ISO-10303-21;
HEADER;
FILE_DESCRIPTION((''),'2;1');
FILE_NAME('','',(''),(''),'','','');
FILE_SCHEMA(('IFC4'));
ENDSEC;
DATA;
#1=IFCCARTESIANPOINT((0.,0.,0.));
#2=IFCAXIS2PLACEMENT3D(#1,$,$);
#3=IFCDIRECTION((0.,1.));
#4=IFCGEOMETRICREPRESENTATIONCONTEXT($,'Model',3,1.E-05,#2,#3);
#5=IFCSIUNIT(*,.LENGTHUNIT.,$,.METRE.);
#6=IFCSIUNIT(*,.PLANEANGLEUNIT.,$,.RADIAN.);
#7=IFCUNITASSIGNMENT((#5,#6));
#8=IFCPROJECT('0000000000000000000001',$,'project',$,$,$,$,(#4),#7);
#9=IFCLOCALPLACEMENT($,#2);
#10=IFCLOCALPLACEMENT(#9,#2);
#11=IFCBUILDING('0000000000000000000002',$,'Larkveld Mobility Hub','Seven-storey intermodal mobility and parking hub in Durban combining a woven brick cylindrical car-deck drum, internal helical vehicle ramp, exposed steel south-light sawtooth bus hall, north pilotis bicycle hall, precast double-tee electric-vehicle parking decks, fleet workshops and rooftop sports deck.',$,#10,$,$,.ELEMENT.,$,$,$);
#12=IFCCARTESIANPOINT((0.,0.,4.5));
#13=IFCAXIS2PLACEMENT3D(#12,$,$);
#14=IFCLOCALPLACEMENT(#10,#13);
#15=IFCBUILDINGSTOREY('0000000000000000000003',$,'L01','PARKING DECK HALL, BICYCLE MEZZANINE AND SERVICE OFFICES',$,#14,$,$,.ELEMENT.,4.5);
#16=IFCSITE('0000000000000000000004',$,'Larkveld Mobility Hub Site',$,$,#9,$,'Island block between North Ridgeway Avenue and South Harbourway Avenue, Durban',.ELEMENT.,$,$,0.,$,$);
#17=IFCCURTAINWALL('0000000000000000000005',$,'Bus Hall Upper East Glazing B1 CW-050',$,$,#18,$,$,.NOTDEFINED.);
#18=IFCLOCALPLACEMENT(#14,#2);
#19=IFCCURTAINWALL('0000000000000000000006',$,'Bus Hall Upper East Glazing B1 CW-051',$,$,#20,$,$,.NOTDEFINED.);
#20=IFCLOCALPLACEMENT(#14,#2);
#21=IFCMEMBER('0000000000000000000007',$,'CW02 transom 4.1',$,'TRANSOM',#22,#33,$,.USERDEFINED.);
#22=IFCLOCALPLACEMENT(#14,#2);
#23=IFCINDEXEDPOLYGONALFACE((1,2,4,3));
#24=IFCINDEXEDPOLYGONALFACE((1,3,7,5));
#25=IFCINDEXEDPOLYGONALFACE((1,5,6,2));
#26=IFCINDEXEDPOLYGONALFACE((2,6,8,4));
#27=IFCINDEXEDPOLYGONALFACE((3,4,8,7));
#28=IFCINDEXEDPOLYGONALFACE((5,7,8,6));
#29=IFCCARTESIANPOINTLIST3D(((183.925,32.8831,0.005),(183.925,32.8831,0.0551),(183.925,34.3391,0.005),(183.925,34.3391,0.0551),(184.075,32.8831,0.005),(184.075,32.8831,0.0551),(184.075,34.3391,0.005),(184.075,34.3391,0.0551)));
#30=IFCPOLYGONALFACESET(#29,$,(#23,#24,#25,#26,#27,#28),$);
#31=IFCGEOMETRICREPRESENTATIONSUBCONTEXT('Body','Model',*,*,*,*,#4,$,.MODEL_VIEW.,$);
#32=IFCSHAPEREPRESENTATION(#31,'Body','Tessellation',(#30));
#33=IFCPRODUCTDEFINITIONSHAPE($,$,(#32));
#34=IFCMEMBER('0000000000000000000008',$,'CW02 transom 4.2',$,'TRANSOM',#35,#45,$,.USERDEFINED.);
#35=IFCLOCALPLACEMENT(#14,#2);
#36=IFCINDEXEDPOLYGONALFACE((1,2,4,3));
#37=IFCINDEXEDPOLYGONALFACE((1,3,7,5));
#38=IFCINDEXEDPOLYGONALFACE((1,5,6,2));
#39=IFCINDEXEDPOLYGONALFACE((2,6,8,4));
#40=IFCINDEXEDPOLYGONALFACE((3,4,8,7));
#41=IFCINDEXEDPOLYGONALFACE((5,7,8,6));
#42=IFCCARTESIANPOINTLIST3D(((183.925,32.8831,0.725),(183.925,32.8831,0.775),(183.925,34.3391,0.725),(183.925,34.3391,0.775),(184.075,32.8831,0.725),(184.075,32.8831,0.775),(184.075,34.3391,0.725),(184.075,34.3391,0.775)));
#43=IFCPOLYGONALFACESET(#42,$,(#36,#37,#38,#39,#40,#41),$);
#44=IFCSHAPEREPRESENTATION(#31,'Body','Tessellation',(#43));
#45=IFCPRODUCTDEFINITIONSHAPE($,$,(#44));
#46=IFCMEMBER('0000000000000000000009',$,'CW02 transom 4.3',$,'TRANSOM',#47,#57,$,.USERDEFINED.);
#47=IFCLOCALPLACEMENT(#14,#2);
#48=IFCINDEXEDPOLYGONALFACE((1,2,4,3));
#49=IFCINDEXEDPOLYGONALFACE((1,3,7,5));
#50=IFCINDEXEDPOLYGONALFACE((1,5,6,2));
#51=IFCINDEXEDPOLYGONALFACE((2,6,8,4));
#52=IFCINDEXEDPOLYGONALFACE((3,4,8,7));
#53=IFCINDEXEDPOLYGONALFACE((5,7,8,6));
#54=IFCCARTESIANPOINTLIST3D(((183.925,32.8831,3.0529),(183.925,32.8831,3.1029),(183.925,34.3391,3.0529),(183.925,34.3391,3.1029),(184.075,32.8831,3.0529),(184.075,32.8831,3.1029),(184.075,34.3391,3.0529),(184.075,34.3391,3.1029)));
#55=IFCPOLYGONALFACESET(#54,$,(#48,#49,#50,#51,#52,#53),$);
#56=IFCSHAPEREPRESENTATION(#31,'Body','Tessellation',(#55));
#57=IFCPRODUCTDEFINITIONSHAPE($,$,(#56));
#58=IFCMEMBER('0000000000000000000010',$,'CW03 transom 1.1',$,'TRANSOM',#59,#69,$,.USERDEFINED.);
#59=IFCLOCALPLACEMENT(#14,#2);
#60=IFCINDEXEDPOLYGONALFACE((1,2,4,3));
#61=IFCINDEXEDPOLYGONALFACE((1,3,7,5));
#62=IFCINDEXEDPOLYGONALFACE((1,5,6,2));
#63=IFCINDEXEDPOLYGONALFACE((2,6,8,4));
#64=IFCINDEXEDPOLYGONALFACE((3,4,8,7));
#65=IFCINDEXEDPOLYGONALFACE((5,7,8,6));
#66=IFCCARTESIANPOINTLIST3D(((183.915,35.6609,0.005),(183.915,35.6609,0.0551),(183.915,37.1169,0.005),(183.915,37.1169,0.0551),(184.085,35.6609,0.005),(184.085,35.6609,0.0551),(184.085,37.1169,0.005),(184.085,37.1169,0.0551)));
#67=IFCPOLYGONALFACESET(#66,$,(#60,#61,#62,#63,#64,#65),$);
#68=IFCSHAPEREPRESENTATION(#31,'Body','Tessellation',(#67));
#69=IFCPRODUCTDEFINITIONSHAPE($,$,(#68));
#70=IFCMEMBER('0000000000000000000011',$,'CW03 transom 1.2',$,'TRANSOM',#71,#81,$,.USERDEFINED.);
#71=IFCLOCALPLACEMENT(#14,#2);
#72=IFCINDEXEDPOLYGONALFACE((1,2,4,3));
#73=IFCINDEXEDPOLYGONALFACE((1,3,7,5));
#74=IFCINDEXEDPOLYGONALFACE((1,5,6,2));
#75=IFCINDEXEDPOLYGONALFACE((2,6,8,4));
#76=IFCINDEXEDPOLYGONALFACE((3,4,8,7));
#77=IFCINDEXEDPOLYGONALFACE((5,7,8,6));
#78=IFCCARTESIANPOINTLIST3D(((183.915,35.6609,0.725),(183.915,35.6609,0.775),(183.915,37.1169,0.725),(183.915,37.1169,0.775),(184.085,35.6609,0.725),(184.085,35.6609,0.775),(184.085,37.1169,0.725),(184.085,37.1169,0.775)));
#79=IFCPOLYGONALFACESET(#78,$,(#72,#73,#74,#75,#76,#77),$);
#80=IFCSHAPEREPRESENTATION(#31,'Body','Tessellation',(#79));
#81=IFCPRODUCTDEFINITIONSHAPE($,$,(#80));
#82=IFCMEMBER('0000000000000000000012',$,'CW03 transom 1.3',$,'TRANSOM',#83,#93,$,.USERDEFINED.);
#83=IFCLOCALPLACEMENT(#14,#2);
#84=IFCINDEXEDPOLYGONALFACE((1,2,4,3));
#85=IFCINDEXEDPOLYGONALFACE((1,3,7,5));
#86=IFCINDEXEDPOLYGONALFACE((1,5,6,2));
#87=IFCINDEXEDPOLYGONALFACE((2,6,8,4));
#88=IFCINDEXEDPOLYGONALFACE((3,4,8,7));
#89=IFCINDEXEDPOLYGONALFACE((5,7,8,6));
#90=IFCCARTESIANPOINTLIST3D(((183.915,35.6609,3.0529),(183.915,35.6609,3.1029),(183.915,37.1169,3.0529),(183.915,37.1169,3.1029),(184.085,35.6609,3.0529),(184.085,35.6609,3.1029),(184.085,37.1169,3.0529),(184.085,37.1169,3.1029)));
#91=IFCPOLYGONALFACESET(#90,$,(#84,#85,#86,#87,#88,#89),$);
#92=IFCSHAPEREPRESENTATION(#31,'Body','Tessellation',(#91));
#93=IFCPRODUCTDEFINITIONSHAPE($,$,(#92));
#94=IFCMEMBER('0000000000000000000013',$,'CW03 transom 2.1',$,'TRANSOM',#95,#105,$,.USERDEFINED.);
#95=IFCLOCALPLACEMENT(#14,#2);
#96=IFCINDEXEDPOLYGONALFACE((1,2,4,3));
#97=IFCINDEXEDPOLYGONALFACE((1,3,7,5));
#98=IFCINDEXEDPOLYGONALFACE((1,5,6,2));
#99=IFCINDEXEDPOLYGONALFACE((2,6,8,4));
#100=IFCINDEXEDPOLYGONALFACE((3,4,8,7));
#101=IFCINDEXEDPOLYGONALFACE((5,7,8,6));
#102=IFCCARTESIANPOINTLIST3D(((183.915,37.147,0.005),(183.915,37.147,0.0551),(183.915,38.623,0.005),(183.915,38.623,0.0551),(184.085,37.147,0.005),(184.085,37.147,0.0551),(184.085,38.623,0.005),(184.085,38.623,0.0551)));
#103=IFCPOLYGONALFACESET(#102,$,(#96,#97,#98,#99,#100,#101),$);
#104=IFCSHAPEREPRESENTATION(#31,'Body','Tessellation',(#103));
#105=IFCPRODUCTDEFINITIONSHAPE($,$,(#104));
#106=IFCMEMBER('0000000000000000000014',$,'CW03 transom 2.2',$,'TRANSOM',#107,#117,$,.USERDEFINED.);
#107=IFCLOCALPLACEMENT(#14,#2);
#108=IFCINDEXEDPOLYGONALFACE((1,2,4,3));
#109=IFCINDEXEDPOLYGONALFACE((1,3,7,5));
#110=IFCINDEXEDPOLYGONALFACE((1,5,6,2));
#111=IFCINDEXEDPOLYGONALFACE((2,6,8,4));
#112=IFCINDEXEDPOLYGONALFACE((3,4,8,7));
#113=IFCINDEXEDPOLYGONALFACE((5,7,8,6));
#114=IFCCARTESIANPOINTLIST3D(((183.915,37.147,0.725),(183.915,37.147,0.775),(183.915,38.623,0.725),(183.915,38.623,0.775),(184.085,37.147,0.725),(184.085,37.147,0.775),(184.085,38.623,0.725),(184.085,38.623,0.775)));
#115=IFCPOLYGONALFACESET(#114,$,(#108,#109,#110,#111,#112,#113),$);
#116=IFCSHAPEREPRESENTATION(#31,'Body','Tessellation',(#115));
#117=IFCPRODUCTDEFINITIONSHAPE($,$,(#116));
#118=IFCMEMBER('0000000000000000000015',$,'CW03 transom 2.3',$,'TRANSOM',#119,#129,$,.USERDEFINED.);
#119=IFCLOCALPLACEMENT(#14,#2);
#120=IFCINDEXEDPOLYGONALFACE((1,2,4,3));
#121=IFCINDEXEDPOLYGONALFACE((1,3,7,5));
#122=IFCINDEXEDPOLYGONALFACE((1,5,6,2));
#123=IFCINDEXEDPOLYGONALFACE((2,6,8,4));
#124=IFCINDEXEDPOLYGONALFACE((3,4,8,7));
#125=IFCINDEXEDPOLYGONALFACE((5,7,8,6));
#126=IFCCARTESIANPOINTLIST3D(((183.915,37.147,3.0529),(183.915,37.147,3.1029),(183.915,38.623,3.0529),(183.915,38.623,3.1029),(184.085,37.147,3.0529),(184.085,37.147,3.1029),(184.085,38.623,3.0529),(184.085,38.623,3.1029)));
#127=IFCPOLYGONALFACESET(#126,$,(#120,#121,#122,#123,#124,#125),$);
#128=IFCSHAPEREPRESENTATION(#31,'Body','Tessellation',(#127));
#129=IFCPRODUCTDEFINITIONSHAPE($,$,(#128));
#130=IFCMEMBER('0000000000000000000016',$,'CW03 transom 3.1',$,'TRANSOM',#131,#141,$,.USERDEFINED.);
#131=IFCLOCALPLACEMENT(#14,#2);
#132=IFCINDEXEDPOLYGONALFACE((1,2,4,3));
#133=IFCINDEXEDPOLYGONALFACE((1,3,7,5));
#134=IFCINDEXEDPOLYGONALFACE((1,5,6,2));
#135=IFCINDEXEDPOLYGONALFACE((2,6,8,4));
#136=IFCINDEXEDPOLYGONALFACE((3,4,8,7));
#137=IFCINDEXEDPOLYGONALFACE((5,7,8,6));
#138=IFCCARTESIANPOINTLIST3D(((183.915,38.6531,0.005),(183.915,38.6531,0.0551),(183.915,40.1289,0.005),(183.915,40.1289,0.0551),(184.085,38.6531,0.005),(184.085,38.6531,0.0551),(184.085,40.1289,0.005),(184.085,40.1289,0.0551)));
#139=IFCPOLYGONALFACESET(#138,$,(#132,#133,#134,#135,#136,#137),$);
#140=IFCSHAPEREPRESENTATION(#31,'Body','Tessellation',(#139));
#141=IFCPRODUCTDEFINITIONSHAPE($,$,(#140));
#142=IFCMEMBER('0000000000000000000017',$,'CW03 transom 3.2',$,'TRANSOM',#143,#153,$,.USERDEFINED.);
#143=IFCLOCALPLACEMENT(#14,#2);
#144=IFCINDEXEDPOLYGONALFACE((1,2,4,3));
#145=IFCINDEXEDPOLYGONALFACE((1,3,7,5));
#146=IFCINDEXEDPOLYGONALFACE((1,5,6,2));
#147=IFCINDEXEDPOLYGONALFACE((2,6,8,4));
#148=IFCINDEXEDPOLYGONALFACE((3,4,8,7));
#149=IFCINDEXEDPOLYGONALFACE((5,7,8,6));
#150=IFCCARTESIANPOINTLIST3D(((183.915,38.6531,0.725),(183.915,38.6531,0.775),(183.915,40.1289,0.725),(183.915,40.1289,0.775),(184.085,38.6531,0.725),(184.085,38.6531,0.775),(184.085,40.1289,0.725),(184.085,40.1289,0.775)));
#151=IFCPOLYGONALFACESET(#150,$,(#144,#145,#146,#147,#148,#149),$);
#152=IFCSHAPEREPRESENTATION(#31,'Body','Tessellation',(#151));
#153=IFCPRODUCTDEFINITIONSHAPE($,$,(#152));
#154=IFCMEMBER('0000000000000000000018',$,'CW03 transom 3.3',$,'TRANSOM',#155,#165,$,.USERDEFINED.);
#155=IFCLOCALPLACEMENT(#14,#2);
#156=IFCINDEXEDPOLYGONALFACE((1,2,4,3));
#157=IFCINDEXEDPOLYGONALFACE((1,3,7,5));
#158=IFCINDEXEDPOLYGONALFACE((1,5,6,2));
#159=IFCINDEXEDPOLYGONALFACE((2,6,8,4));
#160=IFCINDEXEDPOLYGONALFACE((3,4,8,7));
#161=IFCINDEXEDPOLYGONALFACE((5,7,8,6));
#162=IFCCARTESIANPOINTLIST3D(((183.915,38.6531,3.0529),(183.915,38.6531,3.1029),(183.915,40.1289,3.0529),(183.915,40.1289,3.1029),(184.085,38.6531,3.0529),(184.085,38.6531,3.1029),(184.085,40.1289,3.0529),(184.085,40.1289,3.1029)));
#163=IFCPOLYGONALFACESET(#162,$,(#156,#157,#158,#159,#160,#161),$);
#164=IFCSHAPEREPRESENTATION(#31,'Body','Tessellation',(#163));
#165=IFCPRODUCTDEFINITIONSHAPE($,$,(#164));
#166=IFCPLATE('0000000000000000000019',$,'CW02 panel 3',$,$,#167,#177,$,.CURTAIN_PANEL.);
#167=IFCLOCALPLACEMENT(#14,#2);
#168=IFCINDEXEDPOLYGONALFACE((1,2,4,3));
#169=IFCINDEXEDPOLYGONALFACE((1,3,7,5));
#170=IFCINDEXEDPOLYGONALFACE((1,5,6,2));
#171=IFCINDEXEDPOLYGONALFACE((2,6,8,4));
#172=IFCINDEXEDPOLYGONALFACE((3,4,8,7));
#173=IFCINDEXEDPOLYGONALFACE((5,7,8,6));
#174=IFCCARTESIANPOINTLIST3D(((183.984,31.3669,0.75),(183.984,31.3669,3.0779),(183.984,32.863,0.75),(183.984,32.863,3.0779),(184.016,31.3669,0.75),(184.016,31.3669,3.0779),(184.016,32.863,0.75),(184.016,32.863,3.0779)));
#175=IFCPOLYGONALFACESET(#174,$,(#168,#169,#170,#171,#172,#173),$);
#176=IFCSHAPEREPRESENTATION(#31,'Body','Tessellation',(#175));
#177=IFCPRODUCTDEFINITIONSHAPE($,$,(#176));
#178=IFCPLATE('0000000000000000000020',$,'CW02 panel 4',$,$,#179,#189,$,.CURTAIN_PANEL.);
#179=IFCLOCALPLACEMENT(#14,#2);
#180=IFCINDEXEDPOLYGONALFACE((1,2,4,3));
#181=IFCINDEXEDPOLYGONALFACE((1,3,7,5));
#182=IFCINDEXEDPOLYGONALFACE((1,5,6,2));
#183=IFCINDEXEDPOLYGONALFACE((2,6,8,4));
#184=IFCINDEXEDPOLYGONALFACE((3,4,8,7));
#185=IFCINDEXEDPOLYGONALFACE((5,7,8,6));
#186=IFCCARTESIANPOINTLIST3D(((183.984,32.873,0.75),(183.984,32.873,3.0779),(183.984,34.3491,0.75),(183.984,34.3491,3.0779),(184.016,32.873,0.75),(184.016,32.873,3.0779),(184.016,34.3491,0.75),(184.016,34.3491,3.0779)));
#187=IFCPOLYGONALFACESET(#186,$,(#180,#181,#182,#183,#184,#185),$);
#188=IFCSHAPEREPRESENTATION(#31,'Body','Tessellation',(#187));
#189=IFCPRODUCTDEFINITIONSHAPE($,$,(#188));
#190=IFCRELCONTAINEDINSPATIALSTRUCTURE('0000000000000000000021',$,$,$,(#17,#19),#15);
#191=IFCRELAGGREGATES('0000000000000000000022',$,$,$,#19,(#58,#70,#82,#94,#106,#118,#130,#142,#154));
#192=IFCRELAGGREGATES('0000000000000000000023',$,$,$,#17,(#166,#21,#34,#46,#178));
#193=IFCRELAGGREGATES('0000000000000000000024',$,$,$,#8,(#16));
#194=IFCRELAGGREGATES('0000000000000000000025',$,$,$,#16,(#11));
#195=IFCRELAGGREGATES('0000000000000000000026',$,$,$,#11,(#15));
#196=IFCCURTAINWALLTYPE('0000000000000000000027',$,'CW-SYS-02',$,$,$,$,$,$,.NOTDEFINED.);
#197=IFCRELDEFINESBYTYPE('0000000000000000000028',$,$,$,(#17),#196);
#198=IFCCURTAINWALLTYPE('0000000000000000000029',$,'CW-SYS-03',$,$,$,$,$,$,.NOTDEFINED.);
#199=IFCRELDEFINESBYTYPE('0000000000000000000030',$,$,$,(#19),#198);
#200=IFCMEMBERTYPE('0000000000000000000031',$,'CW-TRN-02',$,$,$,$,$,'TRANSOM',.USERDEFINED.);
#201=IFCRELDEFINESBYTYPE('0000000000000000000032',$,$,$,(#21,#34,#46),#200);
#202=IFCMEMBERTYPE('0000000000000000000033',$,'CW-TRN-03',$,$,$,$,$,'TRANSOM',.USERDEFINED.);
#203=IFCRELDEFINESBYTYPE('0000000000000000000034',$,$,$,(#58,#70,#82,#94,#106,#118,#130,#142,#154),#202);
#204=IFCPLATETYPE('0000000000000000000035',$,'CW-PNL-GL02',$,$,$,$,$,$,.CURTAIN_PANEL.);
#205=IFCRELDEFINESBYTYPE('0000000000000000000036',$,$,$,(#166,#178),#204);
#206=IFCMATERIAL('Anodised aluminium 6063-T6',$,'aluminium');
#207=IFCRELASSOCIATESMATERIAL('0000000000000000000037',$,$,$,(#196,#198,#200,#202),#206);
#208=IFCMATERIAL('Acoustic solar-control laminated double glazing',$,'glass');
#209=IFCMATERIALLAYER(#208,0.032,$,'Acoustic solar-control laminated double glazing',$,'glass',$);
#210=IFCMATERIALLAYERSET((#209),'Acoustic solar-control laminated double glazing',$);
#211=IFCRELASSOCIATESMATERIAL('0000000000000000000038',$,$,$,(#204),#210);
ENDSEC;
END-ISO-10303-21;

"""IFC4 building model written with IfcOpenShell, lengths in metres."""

from ifc_helpers import new_model, si_unit, direction, frame, origin, origin_2d, place, context, subcontext, project, spatial, rectangle, extrude, material, layer, layer_set, material_profile, profile_set, type_object, element, aggregate, save


model = new_model("IFC4")

# Units and contexts
model_context = context("Model", 3, precision=1e-05, world=origin(), true_north=direction((0.0, 1.0)))
body_context = subcontext(model_context, "Body", "Model", "MODEL_VIEW")
ifc_project = project(units=[si_unit("LENGTHUNIT", "METRE"), si_unit("PLANEANGLEUNIT", "RADIAN")], contexts=[model_context])

# Site, building, storey
site_placement = place(None, origin())
site = spatial("IfcSite", under=ifc_project, at=site_placement, Name="Larkveld Mobility Hub Site", LongName="Island block between North Ridgeway Avenue and South Harbourway Avenue, Durban", CompositionType="ELEMENT", RefElevation=0.0)
building_placement = place(site_placement, origin())
building = spatial("IfcBuilding", under=site, at=building_placement, Name="Larkveld Mobility Hub", Description="Seven-storey intermodal mobility and parking hub in Durban combining a woven brick cylindrical car-deck drum, internal helical vehicle ramp, exposed steel south-light sawtooth bus hall, north pilotis bicycle hall, precast double-tee electric-vehicle parking decks, fleet workshops and rooftop sports deck.", CompositionType="ELEMENT")
storey_placement = place(building_placement, frame((0.0, 0.0, 4.5)))
storey = spatial("IfcBuildingStorey", under=building, at=storey_placement, Name="L01", Description="PARKING DECK HALL, BICYCLE MEZZANINE AND SERVICE OFFICES", CompositionType="ELEMENT", Elevation=4.5)

# Curtain walls
ifc_material_1 = material(Name="Anodised aluminium 6063-T6", Category="aluminium")
curtain_wall_type_1 = type_object("IfcCurtainWallType", Name="CW-SYS-02", PredefinedType="NOTDEFINED", material=ifc_material_1)
curtain_wall_1_placement = place(storey_placement, origin())
curtain_wall_1 = element("IfcCurtainWall", 1, at=curtain_wall_1_placement, inside=storey, type_object=curtain_wall_type_1, Name="Bus Hall Upper East Glazing B1 CW-050", PredefinedType="NOTDEFINED")
curtain_wall_type_2 = type_object("IfcCurtainWallType", Name="CW-SYS-03", PredefinedType="NOTDEFINED", material=ifc_material_1)
curtain_wall_2_placement = place(storey_placement, origin())
curtain_wall_2 = element("IfcCurtainWall", 2, at=curtain_wall_2_placement, inside=storey, type_object=curtain_wall_type_2, Name="Bus Hall Upper East Glazing B1 CW-051", PredefinedType="NOTDEFINED")

# Members
ifc_material_profile_1 = material_profile(ifc_material_1, rectangle(XDim=0.1499, YDim=0.05, at=origin_2d()), Name="ALU TRAN 50x150")
ifc_profile_set_1 = profile_set([ifc_material_profile_1], Name="Anodised aluminium 6063-T6")
member_type_1 = type_object("IfcMemberType", Name="CW-TRN-02", ElementType="TRANSOM", PredefinedType="USERDEFINED", material=ifc_profile_set_1)
member_1_placement = place(storey_placement, frame((184.0, 32.8831, 0.03), z_axis=(0.0, 1.0, 0.0), x_axis=(-1.0, 0.0, 0.0)))
member_1 = element("IfcMember", 3, at=member_1_placement, type_object=member_type_1, Name="CW02 transom 4.1", ObjectType="TRANSOM", PredefinedType="USERDEFINED", context=body_context, shape_type="SweptSolid", body=[
    extrude(rectangle(XDim=0.1499, YDim=0.05, at=origin_2d()), origin(), (0.0, 0.0, 1.0), 1.4561),
])
member_2_placement = place(storey_placement, frame((184.0, 32.8831, 0.75), z_axis=(0.0, 1.0, 0.0), x_axis=(-1.0, 0.0, 0.0)))
member_2 = element("IfcMember", 4, at=member_2_placement, type_object=member_type_1, Name="CW02 transom 4.2", ObjectType="TRANSOM", PredefinedType="USERDEFINED", context=body_context, shape_type="SweptSolid", body=[
    extrude(rectangle(XDim=0.1499, YDim=0.05, at=origin_2d()), origin(), (0.0, 0.0, 1.0), 1.4561),
])
member_3_placement = place(storey_placement, frame((184.0, 32.8831, 3.0779), z_axis=(0.0, 1.0, 0.0), x_axis=(-1.0, 0.0, 0.0)))
member_3 = element("IfcMember", 5, at=member_3_placement, type_object=member_type_1, Name="CW02 transom 4.3", ObjectType="TRANSOM", PredefinedType="USERDEFINED", context=body_context, shape_type="SweptSolid", body=[
    extrude(rectangle(XDim=0.1499, YDim=0.05, at=origin_2d()), origin(), (0.0, 0.0, 1.0), 1.4561),
])
ifc_material_profile_2 = material_profile(ifc_material_1, rectangle(XDim=0.1699, YDim=0.05, at=origin_2d()), Name="ALU TRAN 50x170")
ifc_profile_set_2 = profile_set([ifc_material_profile_2], Name="Anodised aluminium 6063-T6")
member_type_2 = type_object("IfcMemberType", Name="CW-TRN-03", ElementType="TRANSOM", PredefinedType="USERDEFINED", material=ifc_profile_set_2)
member_4_placement = place(storey_placement, frame((184.0, 35.6609, 0.03), z_axis=(0.0, 1.0, 0.0), x_axis=(-1.0, 0.0, 0.0)))
member_4 = element("IfcMember", 6, at=member_4_placement, type_object=member_type_2, Name="CW03 transom 1.1", ObjectType="TRANSOM", PredefinedType="USERDEFINED", context=body_context, shape_type="SweptSolid", body=[
    extrude(rectangle(XDim=0.1699, YDim=0.05, at=origin_2d()), origin(), (0.0, 0.0, 1.0), 1.4561),
])
member_5_placement = place(storey_placement, frame((184.0, 35.6609, 0.75), z_axis=(0.0, 1.0, 0.0), x_axis=(-1.0, 0.0, 0.0)))
member_5 = element("IfcMember", 7, at=member_5_placement, type_object=member_type_2, Name="CW03 transom 1.2", ObjectType="TRANSOM", PredefinedType="USERDEFINED", context=body_context, shape_type="SweptSolid", body=[
    extrude(rectangle(XDim=0.1699, YDim=0.05, at=origin_2d()), origin(), (0.0, 0.0, 1.0), 1.4561),
])
member_6_placement = place(storey_placement, frame((184.0, 35.6609, 3.0779), z_axis=(0.0, 1.0, 0.0), x_axis=(-1.0, 0.0, 0.0)))
member_6 = element("IfcMember", 8, at=member_6_placement, type_object=member_type_2, Name="CW03 transom 1.3", ObjectType="TRANSOM", PredefinedType="USERDEFINED", context=body_context, shape_type="SweptSolid", body=[
    extrude(rectangle(XDim=0.1699, YDim=0.05, at=origin_2d()), origin(), (0.0, 0.0, 1.0), 1.4561),
])
member_7_placement = place(storey_placement, frame((184.0, 37.147, 0.03), z_axis=(0.0, 1.0, 0.0), x_axis=(-1.0, 0.0, 0.0)))
member_7 = element("IfcMember", 9, at=member_7_placement, type_object=member_type_2, Name="CW03 transom 2.1", ObjectType="TRANSOM", PredefinedType="USERDEFINED", context=body_context, shape_type="SweptSolid", body=[
    extrude(rectangle(XDim=0.1699, YDim=0.05, at=origin_2d()), origin(), (0.0, 0.0, 1.0), 1.4761),
])
member_8_placement = place(storey_placement, frame((184.0, 37.147, 0.75), z_axis=(0.0, 1.0, 0.0), x_axis=(-1.0, 0.0, 0.0)))
member_8 = element("IfcMember", 10, at=member_8_placement, type_object=member_type_2, Name="CW03 transom 2.2", ObjectType="TRANSOM", PredefinedType="USERDEFINED", context=body_context, shape_type="SweptSolid", body=[
    extrude(rectangle(XDim=0.1699, YDim=0.05, at=origin_2d()), origin(), (0.0, 0.0, 1.0), 1.4761),
])
member_9_placement = place(storey_placement, frame((184.0, 37.147, 3.0779), z_axis=(0.0, 1.0, 0.0), x_axis=(-1.0, 0.0, 0.0)))
member_9 = element("IfcMember", 11, at=member_9_placement, type_object=member_type_2, Name="CW03 transom 2.3", ObjectType="TRANSOM", PredefinedType="USERDEFINED", context=body_context, shape_type="SweptSolid", body=[
    extrude(rectangle(XDim=0.1699, YDim=0.05, at=origin_2d()), origin(), (0.0, 0.0, 1.0), 1.4761),
])
member_10_placement = place(storey_placement, frame((184.0, 38.6531, 0.03), z_axis=(0.0, 1.0, 0.0), x_axis=(-1.0, 0.0, 0.0)))
member_10 = element("IfcMember", 12, at=member_10_placement, type_object=member_type_2, Name="CW03 transom 3.1", ObjectType="TRANSOM", PredefinedType="USERDEFINED", context=body_context, shape_type="SweptSolid", body=[
    extrude(rectangle(XDim=0.1699, YDim=0.05, at=origin_2d()), origin(), (0.0, 0.0, 1.0), 1.4758),
])
member_11_placement = place(storey_placement, frame((184.0, 38.6531, 0.75), z_axis=(0.0, 1.0, 0.0), x_axis=(-1.0, 0.0, 0.0)))
member_11 = element("IfcMember", 13, at=member_11_placement, type_object=member_type_2, Name="CW03 transom 3.2", ObjectType="TRANSOM", PredefinedType="USERDEFINED", context=body_context, shape_type="SweptSolid", body=[
    extrude(rectangle(XDim=0.1699, YDim=0.05, at=origin_2d()), origin(), (0.0, 0.0, 1.0), 1.4758),
])
member_12_placement = place(storey_placement, frame((184.0, 38.6531, 3.0779), z_axis=(0.0, 1.0, 0.0), x_axis=(-1.0, 0.0, 0.0)))
member_12 = element("IfcMember", 14, at=member_12_placement, type_object=member_type_2, Name="CW03 transom 3.3", ObjectType="TRANSOM", PredefinedType="USERDEFINED", context=body_context, shape_type="SweptSolid", body=[
    extrude(rectangle(XDim=0.1699, YDim=0.05, at=origin_2d()), origin(), (0.0, 0.0, 1.0), 1.4758),
])

# Plates
ifc_material_2 = material(Name="Acoustic solar-control laminated double glazing", Category="glass")
ifc_layer_1 = layer(ifc_material_2, 0.032, Name="Acoustic solar-control laminated double glazing", Category="glass")
ifc_layer_set_1 = layer_set([ifc_layer_1], Name="Acoustic solar-control laminated double glazing")
plate_type_1 = type_object("IfcPlateType", Name="CW-PNL-GL02", PredefinedType="CURTAIN_PANEL", material=ifc_layer_set_1)
plate_1_placement = place(storey_placement, frame((184.0, 32.115, 0.75), z_axis=(0.0, 0.0, 1.0), x_axis=(0.0, 1.0, 0.0)))
plate_1 = element("IfcPlate", 15, at=plate_1_placement, type_object=plate_type_1, Name="CW02 panel 3", PredefinedType="CURTAIN_PANEL", context=body_context, shape_type="SweptSolid", body=[
    extrude(rectangle(XDim=1.4961, YDim=0.032, at=origin_2d()), origin(), (0.0, 0.0, 1.0), 2.3279),
])
plate_2_placement = place(storey_placement, frame((184.0, 33.6111, 0.75), z_axis=(0.0, 0.0, 1.0), x_axis=(0.0, 1.0, 0.0)))
plate_2 = element("IfcPlate", 16, at=plate_2_placement, type_object=plate_type_1, Name="CW02 panel 4", PredefinedType="CURTAIN_PANEL", context=body_context, shape_type="SweptSolid", body=[
    extrude(rectangle(XDim=1.4761, YDim=0.032, at=origin_2d()), origin(), (0.0, 0.0, 1.0), 2.3279),
])
aggregate(curtain_wall_2, [member_4, member_5, member_6, member_7, member_8, member_9, member_10, member_11, member_12])
aggregate(curtain_wall_1, [plate_1, member_1, member_2, member_3, plate_2])

save(model, "model.ifc")
